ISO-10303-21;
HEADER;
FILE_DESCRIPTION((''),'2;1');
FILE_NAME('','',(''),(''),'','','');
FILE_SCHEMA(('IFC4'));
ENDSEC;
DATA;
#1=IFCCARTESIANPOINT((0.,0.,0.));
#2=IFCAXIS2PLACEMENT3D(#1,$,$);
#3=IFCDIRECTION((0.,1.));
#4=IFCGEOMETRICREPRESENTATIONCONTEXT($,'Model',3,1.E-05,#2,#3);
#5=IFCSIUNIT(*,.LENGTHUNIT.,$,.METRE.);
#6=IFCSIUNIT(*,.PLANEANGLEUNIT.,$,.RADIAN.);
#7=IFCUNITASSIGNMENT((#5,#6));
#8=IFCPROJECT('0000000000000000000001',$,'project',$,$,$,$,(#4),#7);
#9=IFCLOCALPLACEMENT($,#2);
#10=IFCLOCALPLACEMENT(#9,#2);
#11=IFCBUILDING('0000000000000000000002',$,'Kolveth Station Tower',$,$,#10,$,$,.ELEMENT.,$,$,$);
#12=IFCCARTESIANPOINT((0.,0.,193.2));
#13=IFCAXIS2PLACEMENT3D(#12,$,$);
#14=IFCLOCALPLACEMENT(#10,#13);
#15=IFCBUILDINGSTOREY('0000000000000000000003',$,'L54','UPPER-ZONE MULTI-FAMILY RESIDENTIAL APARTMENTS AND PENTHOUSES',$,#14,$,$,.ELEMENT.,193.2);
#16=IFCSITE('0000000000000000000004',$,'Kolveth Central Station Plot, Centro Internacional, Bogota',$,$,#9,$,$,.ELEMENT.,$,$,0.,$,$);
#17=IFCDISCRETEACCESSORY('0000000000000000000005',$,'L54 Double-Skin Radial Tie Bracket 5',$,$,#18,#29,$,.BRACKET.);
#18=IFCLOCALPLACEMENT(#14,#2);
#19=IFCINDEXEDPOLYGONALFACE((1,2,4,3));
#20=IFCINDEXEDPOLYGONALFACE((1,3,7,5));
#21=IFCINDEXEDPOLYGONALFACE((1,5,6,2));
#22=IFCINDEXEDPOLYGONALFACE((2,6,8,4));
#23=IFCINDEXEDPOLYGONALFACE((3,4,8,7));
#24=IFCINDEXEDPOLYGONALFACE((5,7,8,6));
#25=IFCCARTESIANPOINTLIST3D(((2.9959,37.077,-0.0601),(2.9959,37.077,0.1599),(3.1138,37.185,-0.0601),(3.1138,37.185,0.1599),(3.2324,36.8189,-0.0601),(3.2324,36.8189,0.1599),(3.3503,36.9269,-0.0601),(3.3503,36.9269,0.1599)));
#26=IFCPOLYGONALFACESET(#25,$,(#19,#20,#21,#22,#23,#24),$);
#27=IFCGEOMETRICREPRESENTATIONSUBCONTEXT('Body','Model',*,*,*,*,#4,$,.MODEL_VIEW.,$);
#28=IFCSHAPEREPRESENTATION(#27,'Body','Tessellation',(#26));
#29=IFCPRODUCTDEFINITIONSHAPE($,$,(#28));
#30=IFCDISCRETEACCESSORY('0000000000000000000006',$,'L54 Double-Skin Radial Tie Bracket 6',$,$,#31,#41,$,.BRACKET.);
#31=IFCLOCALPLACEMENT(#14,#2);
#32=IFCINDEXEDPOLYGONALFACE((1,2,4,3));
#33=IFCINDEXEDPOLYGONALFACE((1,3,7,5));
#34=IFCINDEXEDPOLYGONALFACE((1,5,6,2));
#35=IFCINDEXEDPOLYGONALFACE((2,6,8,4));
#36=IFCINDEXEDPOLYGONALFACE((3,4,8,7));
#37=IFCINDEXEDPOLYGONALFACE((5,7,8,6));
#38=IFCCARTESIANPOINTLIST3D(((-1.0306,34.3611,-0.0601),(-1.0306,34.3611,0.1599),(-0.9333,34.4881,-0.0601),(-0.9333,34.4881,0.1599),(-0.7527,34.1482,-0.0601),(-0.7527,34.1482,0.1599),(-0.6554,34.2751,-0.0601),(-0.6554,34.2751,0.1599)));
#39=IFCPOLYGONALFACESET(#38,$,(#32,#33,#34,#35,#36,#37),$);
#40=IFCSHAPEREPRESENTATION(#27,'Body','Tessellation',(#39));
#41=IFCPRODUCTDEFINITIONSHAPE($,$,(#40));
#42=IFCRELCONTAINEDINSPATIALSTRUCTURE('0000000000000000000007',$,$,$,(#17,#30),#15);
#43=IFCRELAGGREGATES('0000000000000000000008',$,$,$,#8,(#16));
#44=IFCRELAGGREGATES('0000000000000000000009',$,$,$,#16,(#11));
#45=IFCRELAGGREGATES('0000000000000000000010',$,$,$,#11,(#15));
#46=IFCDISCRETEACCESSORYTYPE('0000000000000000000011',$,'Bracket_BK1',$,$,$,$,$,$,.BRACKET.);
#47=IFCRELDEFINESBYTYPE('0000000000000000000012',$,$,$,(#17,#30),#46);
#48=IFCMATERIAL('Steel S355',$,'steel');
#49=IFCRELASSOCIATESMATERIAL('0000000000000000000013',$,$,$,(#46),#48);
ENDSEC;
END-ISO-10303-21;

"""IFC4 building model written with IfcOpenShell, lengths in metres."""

from ifc_helpers import new_model, si_unit, direction, frame, origin, origin_2d, place, context, subcontext, project, spatial, rectangle, extrude, source, transform, mapped, material, type_object, element, save


model = new_model("IFC4")

# Units and contexts
model_context = context("Model", 3, precision=1e-05, world=origin(), true_north=direction((0.0, 1.0)))
body_context = subcontext(model_context, "Body", "Model", "MODEL_VIEW")
ifc_project = project(units=[si_unit("LENGTHUNIT", "METRE"), si_unit("PLANEANGLEUNIT", "RADIAN")], contexts=[model_context])

# Site, building, storey
site_placement = place(None, origin())
site = spatial("IfcSite", under=ifc_project, at=site_placement, Name="Kolveth Central Station Plot, Centro Internacional, Bogota", CompositionType="ELEMENT", RefElevation=0.0)
building_placement = place(site_placement, origin())
building = spatial("IfcBuilding", under=site, at=building_placement, Name="Kolveth Station Tower", CompositionType="ELEMENT")
storey_placement = place(building_placement, frame((0.0, 0.0, 193.2)))
storey = spatial("IfcBuildingStorey", under=building, at=storey_placement, Name="L54", Description="UPPER-ZONE MULTI-FAMILY RESIDENTIAL APARTMENTS AND PENTHOUSES", CompositionType="ELEMENT", Elevation=193.2)

# Discrete accessories
ifc_material_1 = material(Name="Steel S355", Category="steel")
discrete_accessory_type = type_object("IfcDiscreteAccessoryType", Name="Bracket_BK1", PredefinedType="BRACKET", material=ifc_material_1)
shared_shape_1 = source(origin(), body_context, "Body", "SweptSolid", [
    extrude(rectangle(XDim=0.3501, YDim=0.1599, at=origin_2d()), origin(), (0.0, 0.0, 1.0), 0.22),
])
for number, where, z_axis, x_axis, name in (
    (1, (3.1731, 37.002, -0.0601), (0.0, 0.0, 1.0), (-0.675462, 0.737395, 0.0), "L54 Double-Skin Radial Tie Bracket 5"),
    (2, (-0.843, 34.3181, -0.0601), (0.0, 0.0, 1.0), (-0.793672, 0.608346, 0.0), "L54 Double-Skin Radial Tie Bracket 6"),
):
    element("IfcDiscreteAccessory", number, at=place(storey_placement, frame(where, z_axis=z_axis, x_axis=x_axis)), inside=storey, type_object=discrete_accessory_type, Name=name, PredefinedType="BRACKET", context=body_context, shape_type="MappedRepresentation", body=[
        mapped(shared_shape_1, transform((0.0, 0.0, 0.0), x_axis=(1.0, 0.0, 0.0), y_axis=(0.0, 1.0, 0.0), z_axis=(0.0, 0.0, 1.0), scale=1.0)),
    ])

save(model, "model.ifc")
